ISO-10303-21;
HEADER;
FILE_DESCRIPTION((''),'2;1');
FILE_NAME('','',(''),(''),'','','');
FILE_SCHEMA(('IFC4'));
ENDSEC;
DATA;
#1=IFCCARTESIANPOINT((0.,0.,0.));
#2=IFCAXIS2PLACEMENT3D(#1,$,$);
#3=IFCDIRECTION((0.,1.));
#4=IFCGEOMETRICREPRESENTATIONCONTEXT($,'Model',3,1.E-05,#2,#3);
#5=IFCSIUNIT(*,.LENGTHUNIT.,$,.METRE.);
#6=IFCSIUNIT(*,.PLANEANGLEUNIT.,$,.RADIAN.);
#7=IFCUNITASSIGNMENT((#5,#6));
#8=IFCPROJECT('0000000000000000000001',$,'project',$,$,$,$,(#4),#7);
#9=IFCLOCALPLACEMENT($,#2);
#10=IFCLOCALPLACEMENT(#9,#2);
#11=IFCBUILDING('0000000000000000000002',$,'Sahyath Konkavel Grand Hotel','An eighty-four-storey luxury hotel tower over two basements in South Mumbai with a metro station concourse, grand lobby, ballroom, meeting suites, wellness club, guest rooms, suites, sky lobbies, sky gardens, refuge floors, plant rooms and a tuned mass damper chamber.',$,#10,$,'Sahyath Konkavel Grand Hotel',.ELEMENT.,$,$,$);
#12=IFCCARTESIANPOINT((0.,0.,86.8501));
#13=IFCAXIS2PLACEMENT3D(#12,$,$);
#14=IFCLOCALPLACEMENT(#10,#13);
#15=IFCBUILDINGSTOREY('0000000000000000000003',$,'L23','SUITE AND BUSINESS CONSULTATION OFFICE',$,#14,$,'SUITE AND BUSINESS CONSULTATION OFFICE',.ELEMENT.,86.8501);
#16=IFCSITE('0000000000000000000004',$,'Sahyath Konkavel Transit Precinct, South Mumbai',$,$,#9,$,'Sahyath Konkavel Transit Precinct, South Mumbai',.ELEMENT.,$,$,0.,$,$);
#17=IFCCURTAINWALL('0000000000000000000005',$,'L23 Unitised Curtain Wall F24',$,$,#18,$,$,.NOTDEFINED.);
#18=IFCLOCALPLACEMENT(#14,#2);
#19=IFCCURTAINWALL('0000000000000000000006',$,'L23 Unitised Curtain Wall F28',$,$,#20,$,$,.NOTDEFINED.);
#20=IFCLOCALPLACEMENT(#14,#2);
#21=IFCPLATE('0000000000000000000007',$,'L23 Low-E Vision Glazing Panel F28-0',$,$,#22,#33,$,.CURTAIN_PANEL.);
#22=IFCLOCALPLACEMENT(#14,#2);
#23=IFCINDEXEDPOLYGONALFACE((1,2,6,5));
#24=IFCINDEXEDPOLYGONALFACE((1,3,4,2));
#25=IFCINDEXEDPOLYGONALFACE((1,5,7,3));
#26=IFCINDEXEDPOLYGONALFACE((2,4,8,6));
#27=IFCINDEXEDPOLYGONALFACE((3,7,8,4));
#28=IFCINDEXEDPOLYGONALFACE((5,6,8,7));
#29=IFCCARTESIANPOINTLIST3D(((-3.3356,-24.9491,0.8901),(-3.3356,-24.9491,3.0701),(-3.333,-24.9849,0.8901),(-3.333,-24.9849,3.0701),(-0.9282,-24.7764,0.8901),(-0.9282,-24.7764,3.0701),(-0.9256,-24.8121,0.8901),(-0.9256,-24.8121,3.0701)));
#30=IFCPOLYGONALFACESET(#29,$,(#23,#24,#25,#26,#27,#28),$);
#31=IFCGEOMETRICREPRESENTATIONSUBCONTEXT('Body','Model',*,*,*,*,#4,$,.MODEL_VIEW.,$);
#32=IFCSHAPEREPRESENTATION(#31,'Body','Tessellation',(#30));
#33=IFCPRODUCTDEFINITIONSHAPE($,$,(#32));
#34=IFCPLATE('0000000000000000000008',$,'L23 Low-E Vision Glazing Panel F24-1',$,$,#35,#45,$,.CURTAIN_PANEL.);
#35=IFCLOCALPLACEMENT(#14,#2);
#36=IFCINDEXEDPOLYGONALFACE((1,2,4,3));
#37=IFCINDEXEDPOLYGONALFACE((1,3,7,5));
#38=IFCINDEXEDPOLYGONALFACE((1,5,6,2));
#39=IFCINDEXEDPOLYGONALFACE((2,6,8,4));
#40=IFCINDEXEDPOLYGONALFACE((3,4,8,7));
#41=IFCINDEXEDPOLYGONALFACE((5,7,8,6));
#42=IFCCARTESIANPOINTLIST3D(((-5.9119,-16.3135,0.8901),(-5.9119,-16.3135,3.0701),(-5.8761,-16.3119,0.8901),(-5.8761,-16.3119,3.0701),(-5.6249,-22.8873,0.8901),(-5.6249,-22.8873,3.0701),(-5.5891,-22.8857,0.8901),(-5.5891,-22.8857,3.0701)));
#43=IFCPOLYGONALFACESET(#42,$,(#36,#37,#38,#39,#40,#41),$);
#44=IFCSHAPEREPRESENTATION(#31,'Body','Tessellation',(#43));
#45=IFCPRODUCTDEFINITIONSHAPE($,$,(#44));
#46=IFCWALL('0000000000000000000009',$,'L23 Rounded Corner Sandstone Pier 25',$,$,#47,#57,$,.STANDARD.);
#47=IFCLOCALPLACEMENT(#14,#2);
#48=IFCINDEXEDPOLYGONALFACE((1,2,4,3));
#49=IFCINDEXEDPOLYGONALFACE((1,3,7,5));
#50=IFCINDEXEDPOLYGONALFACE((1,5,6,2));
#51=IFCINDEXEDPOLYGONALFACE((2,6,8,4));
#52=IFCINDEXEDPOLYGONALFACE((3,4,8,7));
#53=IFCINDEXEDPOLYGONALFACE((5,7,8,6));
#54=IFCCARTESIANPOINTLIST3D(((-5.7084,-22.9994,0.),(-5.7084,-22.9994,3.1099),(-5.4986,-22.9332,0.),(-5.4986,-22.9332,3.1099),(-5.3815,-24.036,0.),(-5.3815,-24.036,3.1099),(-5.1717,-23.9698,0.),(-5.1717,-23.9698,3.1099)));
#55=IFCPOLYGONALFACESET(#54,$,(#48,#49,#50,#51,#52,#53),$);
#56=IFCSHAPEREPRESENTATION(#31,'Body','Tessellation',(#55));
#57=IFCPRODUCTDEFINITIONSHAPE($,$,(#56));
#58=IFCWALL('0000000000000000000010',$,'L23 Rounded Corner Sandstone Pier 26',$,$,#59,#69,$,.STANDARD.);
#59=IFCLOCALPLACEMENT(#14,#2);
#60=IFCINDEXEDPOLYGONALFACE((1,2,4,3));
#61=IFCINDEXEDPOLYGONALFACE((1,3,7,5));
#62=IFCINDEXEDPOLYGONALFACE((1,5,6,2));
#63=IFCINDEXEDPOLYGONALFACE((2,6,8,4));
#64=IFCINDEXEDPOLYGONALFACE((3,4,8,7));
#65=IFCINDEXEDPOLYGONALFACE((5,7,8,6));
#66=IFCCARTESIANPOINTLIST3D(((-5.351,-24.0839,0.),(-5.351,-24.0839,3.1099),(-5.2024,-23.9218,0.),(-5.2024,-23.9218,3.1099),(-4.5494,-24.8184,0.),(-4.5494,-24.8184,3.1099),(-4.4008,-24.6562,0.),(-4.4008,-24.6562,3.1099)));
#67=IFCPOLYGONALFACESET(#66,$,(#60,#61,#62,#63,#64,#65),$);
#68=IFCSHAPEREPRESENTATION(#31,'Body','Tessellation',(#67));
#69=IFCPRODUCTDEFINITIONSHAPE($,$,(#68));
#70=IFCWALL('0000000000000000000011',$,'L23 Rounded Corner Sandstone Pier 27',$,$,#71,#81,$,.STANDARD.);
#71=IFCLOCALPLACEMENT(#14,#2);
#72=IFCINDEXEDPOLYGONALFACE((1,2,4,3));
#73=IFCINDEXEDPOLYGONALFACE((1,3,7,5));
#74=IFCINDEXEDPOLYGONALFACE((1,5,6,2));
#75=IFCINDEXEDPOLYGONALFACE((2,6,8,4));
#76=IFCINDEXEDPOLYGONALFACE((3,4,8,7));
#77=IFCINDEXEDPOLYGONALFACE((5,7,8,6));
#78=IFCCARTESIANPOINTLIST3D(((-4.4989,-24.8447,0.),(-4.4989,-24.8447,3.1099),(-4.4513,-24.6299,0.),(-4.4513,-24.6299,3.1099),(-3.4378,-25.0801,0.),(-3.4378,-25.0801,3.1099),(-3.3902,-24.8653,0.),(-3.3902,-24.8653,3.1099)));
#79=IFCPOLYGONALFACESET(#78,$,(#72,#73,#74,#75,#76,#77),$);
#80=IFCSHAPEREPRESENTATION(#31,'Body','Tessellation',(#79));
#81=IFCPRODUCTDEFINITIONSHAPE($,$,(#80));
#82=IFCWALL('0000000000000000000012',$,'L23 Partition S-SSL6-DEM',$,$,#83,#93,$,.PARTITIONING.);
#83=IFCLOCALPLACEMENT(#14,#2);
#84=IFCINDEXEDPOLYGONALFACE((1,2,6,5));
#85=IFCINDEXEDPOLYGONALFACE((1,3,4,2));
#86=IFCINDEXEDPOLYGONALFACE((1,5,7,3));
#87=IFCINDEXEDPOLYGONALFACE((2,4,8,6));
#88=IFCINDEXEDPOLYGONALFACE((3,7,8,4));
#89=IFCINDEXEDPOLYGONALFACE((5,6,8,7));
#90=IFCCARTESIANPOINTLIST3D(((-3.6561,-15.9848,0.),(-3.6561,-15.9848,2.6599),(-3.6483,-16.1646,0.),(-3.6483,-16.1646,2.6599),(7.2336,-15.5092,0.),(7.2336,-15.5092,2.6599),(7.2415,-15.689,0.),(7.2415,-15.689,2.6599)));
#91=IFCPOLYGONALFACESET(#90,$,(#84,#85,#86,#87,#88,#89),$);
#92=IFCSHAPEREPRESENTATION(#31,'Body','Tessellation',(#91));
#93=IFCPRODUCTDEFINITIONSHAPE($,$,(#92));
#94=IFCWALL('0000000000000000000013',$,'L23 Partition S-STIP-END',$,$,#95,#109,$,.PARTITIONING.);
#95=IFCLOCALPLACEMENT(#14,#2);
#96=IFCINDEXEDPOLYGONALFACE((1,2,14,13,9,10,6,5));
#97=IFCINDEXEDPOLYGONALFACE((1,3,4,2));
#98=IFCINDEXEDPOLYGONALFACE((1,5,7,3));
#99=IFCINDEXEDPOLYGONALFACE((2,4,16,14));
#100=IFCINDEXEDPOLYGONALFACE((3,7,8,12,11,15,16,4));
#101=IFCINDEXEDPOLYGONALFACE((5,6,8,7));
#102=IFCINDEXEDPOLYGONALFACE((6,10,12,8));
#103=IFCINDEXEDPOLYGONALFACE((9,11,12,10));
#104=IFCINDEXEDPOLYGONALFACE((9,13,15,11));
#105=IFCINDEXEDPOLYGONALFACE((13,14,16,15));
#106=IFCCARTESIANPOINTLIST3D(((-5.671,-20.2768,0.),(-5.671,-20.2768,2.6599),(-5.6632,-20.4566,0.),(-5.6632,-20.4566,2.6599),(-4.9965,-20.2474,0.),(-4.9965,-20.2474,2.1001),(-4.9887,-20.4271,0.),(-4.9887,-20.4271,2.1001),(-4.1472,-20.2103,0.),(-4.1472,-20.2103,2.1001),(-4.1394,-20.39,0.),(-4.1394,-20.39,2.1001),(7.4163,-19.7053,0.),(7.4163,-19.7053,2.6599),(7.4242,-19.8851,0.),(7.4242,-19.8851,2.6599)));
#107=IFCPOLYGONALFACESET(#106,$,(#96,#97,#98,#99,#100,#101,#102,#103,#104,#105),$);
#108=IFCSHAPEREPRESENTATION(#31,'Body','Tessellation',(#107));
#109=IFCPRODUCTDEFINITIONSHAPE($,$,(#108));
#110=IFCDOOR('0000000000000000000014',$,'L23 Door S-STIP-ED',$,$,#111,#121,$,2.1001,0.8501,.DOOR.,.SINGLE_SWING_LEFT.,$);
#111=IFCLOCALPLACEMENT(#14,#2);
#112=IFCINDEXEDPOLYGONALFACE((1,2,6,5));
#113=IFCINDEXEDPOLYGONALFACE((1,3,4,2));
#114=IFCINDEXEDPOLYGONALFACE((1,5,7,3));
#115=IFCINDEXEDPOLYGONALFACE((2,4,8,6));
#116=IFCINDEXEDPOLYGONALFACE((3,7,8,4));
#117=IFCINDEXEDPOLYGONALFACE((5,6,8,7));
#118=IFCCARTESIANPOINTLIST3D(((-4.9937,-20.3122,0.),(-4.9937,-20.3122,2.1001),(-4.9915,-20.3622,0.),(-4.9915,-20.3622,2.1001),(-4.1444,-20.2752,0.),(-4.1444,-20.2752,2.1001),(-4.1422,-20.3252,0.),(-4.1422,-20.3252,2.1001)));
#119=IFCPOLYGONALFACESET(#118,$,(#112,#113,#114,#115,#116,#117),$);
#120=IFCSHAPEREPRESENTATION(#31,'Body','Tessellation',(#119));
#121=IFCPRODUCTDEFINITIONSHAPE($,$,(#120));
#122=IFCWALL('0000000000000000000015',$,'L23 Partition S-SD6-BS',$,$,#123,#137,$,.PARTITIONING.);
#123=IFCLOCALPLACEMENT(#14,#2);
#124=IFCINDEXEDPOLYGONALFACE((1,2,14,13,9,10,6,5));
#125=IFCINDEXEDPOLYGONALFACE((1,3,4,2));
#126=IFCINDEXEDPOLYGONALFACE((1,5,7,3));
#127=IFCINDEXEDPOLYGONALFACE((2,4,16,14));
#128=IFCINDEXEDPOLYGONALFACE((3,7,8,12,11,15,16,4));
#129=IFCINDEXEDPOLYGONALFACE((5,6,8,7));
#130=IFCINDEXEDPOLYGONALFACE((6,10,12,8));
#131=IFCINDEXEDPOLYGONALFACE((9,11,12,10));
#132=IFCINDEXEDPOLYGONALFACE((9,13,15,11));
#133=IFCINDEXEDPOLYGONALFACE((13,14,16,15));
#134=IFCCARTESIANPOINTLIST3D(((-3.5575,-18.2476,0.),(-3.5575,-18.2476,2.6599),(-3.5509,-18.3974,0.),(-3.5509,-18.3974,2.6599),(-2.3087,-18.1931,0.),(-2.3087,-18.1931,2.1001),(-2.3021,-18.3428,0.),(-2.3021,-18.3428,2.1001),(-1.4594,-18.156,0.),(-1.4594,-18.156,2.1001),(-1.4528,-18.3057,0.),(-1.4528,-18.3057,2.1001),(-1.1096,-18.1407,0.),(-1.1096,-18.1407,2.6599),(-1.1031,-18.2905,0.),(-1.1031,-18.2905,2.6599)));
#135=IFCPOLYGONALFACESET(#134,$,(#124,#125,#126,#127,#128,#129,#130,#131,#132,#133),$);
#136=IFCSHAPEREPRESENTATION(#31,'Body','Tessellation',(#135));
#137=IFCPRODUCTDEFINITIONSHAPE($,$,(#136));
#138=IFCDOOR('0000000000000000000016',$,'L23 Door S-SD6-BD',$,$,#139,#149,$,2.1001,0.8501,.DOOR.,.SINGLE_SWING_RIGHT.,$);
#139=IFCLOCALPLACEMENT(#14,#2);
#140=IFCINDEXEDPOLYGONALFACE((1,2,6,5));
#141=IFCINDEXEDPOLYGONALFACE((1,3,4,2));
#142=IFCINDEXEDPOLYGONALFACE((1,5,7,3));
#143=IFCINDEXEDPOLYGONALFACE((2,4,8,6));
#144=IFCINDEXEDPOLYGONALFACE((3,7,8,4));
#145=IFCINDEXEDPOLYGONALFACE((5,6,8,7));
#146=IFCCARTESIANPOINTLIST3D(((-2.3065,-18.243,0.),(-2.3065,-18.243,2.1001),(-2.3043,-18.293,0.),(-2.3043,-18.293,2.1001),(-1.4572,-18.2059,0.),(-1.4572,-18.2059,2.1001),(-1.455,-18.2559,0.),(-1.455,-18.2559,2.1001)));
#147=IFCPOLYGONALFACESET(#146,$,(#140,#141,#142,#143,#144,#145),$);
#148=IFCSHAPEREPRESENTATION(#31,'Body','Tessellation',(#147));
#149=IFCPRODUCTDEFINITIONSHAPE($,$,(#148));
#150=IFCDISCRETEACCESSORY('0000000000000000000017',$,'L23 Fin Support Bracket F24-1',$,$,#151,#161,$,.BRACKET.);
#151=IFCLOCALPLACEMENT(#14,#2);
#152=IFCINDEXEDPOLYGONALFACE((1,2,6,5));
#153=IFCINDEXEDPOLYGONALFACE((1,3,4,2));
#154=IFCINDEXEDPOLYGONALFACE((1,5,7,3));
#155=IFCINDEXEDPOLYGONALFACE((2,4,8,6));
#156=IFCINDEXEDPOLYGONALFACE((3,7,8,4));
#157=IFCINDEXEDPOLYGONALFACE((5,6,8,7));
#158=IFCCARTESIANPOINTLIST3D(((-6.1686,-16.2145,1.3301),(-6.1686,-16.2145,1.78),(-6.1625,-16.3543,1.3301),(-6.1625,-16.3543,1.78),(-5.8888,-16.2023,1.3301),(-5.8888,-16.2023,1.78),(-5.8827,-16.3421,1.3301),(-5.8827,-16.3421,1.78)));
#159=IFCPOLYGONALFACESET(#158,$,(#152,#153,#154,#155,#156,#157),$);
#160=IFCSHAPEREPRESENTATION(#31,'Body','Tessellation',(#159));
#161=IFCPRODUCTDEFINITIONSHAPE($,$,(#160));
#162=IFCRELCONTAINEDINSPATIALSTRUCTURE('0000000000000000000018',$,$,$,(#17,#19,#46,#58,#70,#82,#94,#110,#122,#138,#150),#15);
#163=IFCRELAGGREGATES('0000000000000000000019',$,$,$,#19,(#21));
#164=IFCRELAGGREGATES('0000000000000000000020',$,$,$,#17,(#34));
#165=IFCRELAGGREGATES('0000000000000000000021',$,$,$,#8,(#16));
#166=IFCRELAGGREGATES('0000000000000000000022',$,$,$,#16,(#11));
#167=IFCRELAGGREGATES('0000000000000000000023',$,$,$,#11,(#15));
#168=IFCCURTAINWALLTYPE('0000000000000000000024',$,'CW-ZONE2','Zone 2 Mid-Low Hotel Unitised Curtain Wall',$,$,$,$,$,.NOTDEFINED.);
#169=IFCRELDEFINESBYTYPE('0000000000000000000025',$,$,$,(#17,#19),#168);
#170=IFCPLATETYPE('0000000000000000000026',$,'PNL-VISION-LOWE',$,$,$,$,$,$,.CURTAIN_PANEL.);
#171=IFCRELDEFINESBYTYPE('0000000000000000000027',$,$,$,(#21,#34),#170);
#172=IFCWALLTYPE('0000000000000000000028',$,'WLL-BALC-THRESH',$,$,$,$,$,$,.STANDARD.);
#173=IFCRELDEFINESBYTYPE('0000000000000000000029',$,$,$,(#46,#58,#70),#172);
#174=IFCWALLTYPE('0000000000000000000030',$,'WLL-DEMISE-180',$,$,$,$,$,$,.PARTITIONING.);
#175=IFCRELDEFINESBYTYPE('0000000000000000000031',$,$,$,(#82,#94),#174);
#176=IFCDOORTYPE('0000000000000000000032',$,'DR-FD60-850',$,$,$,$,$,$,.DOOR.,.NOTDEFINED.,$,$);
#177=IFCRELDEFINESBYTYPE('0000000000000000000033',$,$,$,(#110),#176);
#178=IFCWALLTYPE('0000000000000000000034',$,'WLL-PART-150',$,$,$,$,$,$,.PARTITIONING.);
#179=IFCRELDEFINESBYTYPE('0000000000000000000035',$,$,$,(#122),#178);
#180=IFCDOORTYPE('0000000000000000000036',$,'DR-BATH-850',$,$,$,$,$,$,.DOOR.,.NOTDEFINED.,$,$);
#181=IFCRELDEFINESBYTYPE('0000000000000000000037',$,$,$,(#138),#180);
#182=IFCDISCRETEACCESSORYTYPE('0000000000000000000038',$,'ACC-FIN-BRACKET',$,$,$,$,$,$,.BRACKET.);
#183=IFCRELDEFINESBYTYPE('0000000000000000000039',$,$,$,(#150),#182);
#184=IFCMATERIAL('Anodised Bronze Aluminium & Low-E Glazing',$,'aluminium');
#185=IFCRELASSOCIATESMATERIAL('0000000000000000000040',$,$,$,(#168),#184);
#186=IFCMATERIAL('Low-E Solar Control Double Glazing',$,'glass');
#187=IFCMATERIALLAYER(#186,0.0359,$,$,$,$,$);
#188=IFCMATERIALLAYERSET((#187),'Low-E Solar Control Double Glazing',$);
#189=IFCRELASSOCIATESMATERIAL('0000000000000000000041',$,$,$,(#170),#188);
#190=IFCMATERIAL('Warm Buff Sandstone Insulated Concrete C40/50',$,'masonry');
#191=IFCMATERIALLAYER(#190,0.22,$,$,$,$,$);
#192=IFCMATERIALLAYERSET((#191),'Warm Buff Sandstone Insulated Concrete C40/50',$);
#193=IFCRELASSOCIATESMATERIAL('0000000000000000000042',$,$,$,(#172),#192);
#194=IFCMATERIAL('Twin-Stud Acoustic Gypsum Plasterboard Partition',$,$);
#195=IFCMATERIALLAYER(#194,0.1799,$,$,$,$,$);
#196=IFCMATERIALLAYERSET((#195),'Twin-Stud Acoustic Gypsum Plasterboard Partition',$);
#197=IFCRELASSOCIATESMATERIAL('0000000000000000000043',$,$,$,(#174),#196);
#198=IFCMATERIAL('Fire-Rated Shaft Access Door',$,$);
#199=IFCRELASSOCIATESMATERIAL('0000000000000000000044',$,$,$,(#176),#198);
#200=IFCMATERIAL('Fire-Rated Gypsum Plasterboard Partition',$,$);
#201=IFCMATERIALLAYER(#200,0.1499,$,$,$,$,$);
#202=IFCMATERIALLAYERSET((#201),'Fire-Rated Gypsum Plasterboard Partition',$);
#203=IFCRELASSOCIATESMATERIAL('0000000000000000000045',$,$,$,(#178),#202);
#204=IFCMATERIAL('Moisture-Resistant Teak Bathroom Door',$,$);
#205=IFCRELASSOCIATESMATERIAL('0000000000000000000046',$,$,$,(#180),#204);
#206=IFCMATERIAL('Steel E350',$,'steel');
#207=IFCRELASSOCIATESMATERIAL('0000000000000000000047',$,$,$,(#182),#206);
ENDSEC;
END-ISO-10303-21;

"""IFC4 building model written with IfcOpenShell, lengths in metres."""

from ifc_helpers import new_model, si_unit, direction, frame, frame_2d, origin, origin_2d, place, context, subcontext, project, spatial, rectangle, extrude, source, transform, mapped, material, layer, layer_set, type_object, element, fill, aggregate, save


model = new_model("IFC4")

# Units and contexts
model_context = context("Model", 3, precision=1e-05, world=origin(), true_north=direction((0.0, 1.0)))
body_context = subcontext(model_context, "Body", "Model", "MODEL_VIEW")
ifc_project = project(units=[si_unit("LENGTHUNIT", "METRE"), si_unit("PLANEANGLEUNIT", "RADIAN")], contexts=[model_context])

# Site, building, storey
site_placement = place(None, origin())
site = spatial("IfcSite", under=ifc_project, at=site_placement, Name="Sahyath Konkavel Transit Precinct, South Mumbai", LongName="Sahyath Konkavel Transit Precinct, South Mumbai", CompositionType="ELEMENT", RefElevation=0.0)
building_placement = place(site_placement, origin())
building = spatial("IfcBuilding", under=site, at=building_placement, Name="Sahyath Konkavel Grand Hotel", Description="An eighty-four-storey luxury hotel tower over two basements in South Mumbai with a metro station concourse, grand lobby, ballroom, meeting suites, wellness club, guest rooms, suites, sky lobbies, sky gardens, refuge floors, plant rooms and a tuned mass damper chamber.", LongName="Sahyath Konkavel Grand Hotel", CompositionType="ELEMENT")
storey_placement = place(building_placement, frame((0.0, 0.0, 86.8501)))
storey = spatial("IfcBuildingStorey", under=building, at=storey_placement, Name="L23", Description="SUITE AND BUSINESS CONSULTATION OFFICE", LongName="SUITE AND BUSINESS CONSULTATION OFFICE", CompositionType="ELEMENT", Elevation=86.8501)

# Shared definitions
ifc_material_1 = material(Name="Steel E350", Category="steel")

# Curtain wall
ifc_material_2 = material(Name="Anodised Bronze Aluminium & Low-E Glazing", Category="aluminium")
curtain_wall_type = type_object("IfcCurtainWallType", Name="CW-ZONE2", Description="Zone 2 Mid-Low Hotel Unitised Curtain Wall", PredefinedType="NOTDEFINED", material=ifc_material_2)
curtain_wall_1_placement = place(storey_placement, origin())
curtain_wall_1 = element("IfcCurtainWall", 1, at=curtain_wall_1_placement, inside=storey, type_object=curtain_wall_type, Name="L23 Unitised Curtain Wall F24", PredefinedType="NOTDEFINED")

# Curtain wall
curtain_wall_2_placement = place(storey_placement, origin())
curtain_wall_2 = element("IfcCurtainWall", 2, at=curtain_wall_2_placement, inside=storey, type_object=curtain_wall_type, Name="L23 Unitised Curtain Wall F28", PredefinedType="NOTDEFINED")

# Plates
ifc_material_3 = material(Name="Low-E Solar Control Double Glazing", Category="glass")
ifc_layer_1 = layer(ifc_material_3, 0.0359)
ifc_layer_set_1 = layer_set([ifc_layer_1], Name="Low-E Solar Control Double Glazing")
plate_type_1 = type_object("IfcPlateType", Name="PNL-VISION-LOWE", PredefinedType="CURTAIN_PANEL", material=ifc_layer_set_1)
shared_shape_1 = source(origin(), body_context, "Body", "SweptSolid", [
    extrude(rectangle(XDim=2.4136, YDim=0.0359, at=origin_2d()), origin(), (0.0, 0.0, 1.0), 2.1799),
])
plate_1_placement = place(storey_placement, frame((-2.1306, -24.8806, 0.8901), z_axis=(0.0, 0.0, 1.0), x_axis=(0.997436, 0.071567, 0.0)))
plate_1 = element("IfcPlate", 3, at=plate_1_placement, type_object=plate_type_1, Name="L23 Low-E Vision Glazing Panel F28-0", PredefinedType="CURTAIN_PANEL", context=body_context, shape_type="MappedRepresentation", body=[
    mapped(shared_shape_1, transform((0.0, 0.0, 0.0), scale=1.0)),
])
aggregate(curtain_wall_2, [plate_1])
shared_shape_2 = source(origin(), body_context, "Body", "SweptSolid", [
    extrude(rectangle(XDim=6.5801, YDim=0.0359, at=origin_2d()), origin(), (0.0, 0.0, 1.0), 2.1799),
])
plate_2_placement = place(storey_placement, frame((-5.7505, -19.5996, 0.8901), z_axis=(0.0, 0.0, 1.0), x_axis=(0.043619, -0.999048, 0.0)))
plate_2 = element("IfcPlate", 4, at=plate_2_placement, type_object=plate_type_1, Name="L23 Low-E Vision Glazing Panel F24-1", PredefinedType="CURTAIN_PANEL", context=body_context, shape_type="MappedRepresentation", body=[
    mapped(shared_shape_2, transform((0.0, 0.0, 0.0), scale=1.0)),
])
aggregate(curtain_wall_1, [plate_2])

# Walls
ifc_material_4 = material(Name="Warm Buff Sandstone Insulated Concrete C40/50", Category="masonry")
ifc_layer_2 = layer(ifc_material_4, 0.22)
ifc_layer_set_2 = layer_set([ifc_layer_2], Name="Warm Buff Sandstone Insulated Concrete C40/50")
wall_type_1 = type_object("IfcWallType", Name="WLL-BALC-THRESH", PredefinedType="STANDARD", material=ifc_layer_set_2)
wall_1_placement = place(storey_placement, frame((-5.6035, -22.9663, 0.0), z_axis=(0.0, 0.0, 1.0), x_axis=(0.300755, -0.953701, 0.0)))
element("IfcWall", 5, at=wall_1_placement, inside=storey, type_object=wall_type_1, Name="L23 Rounded Corner Sandstone Pier 25", PredefinedType="STANDARD", context=body_context, shape_type="SweptSolid", body=[
    extrude(rectangle(XDim=1.0869, YDim=0.22, at=frame_2d((0.5435, 0.0))), origin(), (0.0, 0.0, 1.0), 3.1099),
])
wall_2_placement = place(storey_placement, frame((-5.2766, -24.0029, 0.0), z_axis=(0.0, 0.0, 1.0), x_axis=(0.737313, -0.675552, 0.0)))
element("IfcWall", 6, at=wall_2_placement, inside=storey, type_object=wall_type_1, Name="L23 Rounded Corner Sandstone Pier 26", PredefinedType="STANDARD", context=body_context, shape_type="SweptSolid", body=[
    extrude(rectangle(XDim=1.0872, YDim=0.22, at=frame_2d((0.5435, 0.0))), origin(), (0.0, 0.0, 1.0), 3.1099),
])
wall_3_placement = place(storey_placement, frame((-4.4751, -24.7373, 0.0), z_axis=(0.0, 0.0, 1.0), x_axis=(0.976272, -0.21655, 0.0)))
element("IfcWall", 7, at=wall_3_placement, inside=storey, type_object=wall_type_1, Name="L23 Rounded Corner Sandstone Pier 27", PredefinedType="STANDARD", context=body_context, shape_type="SweptSolid", body=[
    extrude(rectangle(XDim=1.0869, YDim=0.22, at=frame_2d((0.5435, 0.0))), origin(), (0.0, 0.0, 1.0), 3.1099),
])
ifc_material_5 = material(Name="Twin-Stud Acoustic Gypsum Plasterboard Partition")
ifc_layer_3 = layer(ifc_material_5, 0.1799)
ifc_layer_set_3 = layer_set([ifc_layer_3], Name="Twin-Stud Acoustic Gypsum Plasterboard Partition")
wall_type_2 = type_object("IfcWallType", Name="WLL-DEMISE-180", PredefinedType="PARTITIONING", material=ifc_layer_set_3)
wall_4_placement = place(storey_placement, frame((-3.6523, -16.0747, 0.0), z_axis=(0.0, 0.0, 1.0), x_axis=(0.999048, 0.043632, 0.0)))
element("IfcWall", 8, at=wall_4_placement, inside=storey, type_object=wall_type_2, Name="L23 Partition S-SSL6-DEM", PredefinedType="PARTITIONING", context=body_context, shape_type="SweptSolid", body=[
    extrude(rectangle(XDim=10.9001, YDim=0.1799, at=frame_2d((5.4502, 0.0))), origin(), (0.0, 0.0, 1.0), 2.6599),
])

# Walls, openings, doors
wall_5_placement = place(storey_placement, frame((-5.667, -20.3667, 0.0), z_axis=(0.0, 0.0, 1.0), x_axis=(0.999048, 0.043629, 0.0)))
wall_5 = element("IfcWall", 9, at=wall_5_placement, inside=storey, type_object=wall_type_2, Name="L23 Partition S-STIP-END", PredefinedType="PARTITIONING", context=body_context, shape_type="SweptSolid", body=[
    extrude(rectangle(XDim=13.0999, YDim=0.1799, at=frame_2d((6.5498, 0.0))), origin(), (0.0, 0.0, 1.0), 2.6599),
])
opening_1_placement = place(wall_5_placement, frame((0.675, 0.0, 0.0)))
opening_1 = element("IfcOpeningElement", 10, at=opening_1_placement, cuts=wall_5, PredefinedType="OPENING", context=body_context, shape_type="SweptSolid", body=[
    extrude(rectangle(XDim=0.8501, YDim=2.1001, at=frame_2d((0.425, 1.05))), frame((0.0, 0.1001, 0.0), z_axis=(0.0, -1.0, 0.0), x_axis=(1.0, 0.0, 0.0)), (0.0, 0.0, 1.0), 0.2),
])
ifc_material_6 = material(Name="Fire-Rated Shaft Access Door")
door_type_1 = type_object("IfcDoorType", Name="DR-FD60-850", OperationType="NOTDEFINED", PredefinedType="DOOR", material=ifc_material_6)
shared_shape_3 = source(origin(), body_context, "Body", "SweptSolid", [
    extrude(rectangle(XDim=0.8501, YDim=0.05, at=origin_2d()), origin(), (0.0, 0.0, 1.0), 2.1001),
])
door_1_placement = place(opening_1_placement, frame((0.425, 0.0, 0.0)))
door_1 = element("IfcDoor", 11, at=door_1_placement, inside=storey, type_object=door_type_1, Name="L23 Door S-STIP-ED", OperationType="SINGLE_SWING_LEFT", OverallHeight=2.1001, OverallWidth=0.8501, PredefinedType="DOOR", context=body_context, shape_type="MappedRepresentation", body=[
    mapped(shared_shape_3, transform((0.0, 0.0, 0.0), scale=1.0)),
])
fill(opening_1, door_1)
ifc_material_7 = material(Name="Fire-Rated Gypsum Plasterboard Partition")
ifc_layer_4 = layer(ifc_material_7, 0.1499)
ifc_layer_set_4 = layer_set([ifc_layer_4], Name="Fire-Rated Gypsum Plasterboard Partition")
wall_type_3 = type_object("IfcWallType", Name="WLL-PART-150", PredefinedType="PARTITIONING", material=ifc_layer_set_4)
wall_6_placement = place(storey_placement, frame((-3.5542, -18.3225, 0.0), z_axis=(0.0, 0.0, 1.0), x_axis=(0.999047, 0.043645, 0.0)))
wall_6 = element("IfcWall", 12, at=wall_6_placement, inside=storey, type_object=wall_type_3, Name="L23 Partition S-SD6-BS", PredefinedType="PARTITIONING", context=body_context, shape_type="SweptSolid", body=[
    extrude(rectangle(XDim=2.4502, YDim=0.1499, at=frame_2d((1.2251, 0.0))), origin(), (0.0, 0.0, 1.0), 2.6599),
])
opening_2_placement = place(wall_6_placement, frame((1.25, 0.0, 0.0)))
opening_2 = element("IfcOpeningElement", 13, at=opening_2_placement, cuts=wall_6, PredefinedType="OPENING", context=body_context, shape_type="SweptSolid", body=[
    extrude(rectangle(XDim=0.8501, YDim=2.1001, at=frame_2d((0.425, 1.05))), frame((0.0, 0.085, 0.0), z_axis=(0.0, -1.0, 0.0), x_axis=(1.0, 0.0, 0.0)), (0.0, 0.0, 1.0), 0.1699),
])
ifc_material_8 = material(Name="Moisture-Resistant Teak Bathroom Door")
door_type_2 = type_object("IfcDoorType", Name="DR-BATH-850", OperationType="NOTDEFINED", PredefinedType="DOOR", material=ifc_material_8)
door_2_placement = place(opening_2_placement, frame((0.425, 0.0, 0.0)))
door_2 = element("IfcDoor", 14, at=door_2_placement, inside=storey, type_object=door_type_2, Name="L23 Door S-SD6-BD", OperationType="SINGLE_SWING_RIGHT", OverallHeight=2.1001, OverallWidth=0.8501, PredefinedType="DOOR", context=body_context, shape_type="MappedRepresentation", body=[
    mapped(shared_shape_3, transform((0.0, 0.0, 0.0), scale=1.0)),
])
fill(opening_2, door_2)

# Discrete accessory
discrete_accessory_type = type_object("IfcDiscreteAccessoryType", Name="ACC-FIN-BRACKET", PredefinedType="BRACKET", material=ifc_material_1)
shared_shape_4 = source(origin(), body_context, "Body", "SweptSolid", [
    extrude(rectangle(XDim=0.28, YDim=0.1399, at=origin_2d()), origin(), (0.0, 0.0, 1.0), 0.45),
])
discrete_accessory_placement = place(storey_placement, frame((-6.0256, -16.2783, 1.3301), z_axis=(0.0, 0.0, 1.0), x_axis=(-0.999048, -0.043619, 0.0)))
element("IfcDiscreteAccessory", 15, at=discrete_accessory_placement, inside=storey, type_object=discrete_accessory_type, Name="L23 Fin Support Bracket F24-1", PredefinedType="BRACKET", context=body_context, shape_type="MappedRepresentation", body=[
    mapped(shared_shape_4, transform((0.0, 0.0, 0.0), scale=1.0)),
])

save(model, "model.ifc")
